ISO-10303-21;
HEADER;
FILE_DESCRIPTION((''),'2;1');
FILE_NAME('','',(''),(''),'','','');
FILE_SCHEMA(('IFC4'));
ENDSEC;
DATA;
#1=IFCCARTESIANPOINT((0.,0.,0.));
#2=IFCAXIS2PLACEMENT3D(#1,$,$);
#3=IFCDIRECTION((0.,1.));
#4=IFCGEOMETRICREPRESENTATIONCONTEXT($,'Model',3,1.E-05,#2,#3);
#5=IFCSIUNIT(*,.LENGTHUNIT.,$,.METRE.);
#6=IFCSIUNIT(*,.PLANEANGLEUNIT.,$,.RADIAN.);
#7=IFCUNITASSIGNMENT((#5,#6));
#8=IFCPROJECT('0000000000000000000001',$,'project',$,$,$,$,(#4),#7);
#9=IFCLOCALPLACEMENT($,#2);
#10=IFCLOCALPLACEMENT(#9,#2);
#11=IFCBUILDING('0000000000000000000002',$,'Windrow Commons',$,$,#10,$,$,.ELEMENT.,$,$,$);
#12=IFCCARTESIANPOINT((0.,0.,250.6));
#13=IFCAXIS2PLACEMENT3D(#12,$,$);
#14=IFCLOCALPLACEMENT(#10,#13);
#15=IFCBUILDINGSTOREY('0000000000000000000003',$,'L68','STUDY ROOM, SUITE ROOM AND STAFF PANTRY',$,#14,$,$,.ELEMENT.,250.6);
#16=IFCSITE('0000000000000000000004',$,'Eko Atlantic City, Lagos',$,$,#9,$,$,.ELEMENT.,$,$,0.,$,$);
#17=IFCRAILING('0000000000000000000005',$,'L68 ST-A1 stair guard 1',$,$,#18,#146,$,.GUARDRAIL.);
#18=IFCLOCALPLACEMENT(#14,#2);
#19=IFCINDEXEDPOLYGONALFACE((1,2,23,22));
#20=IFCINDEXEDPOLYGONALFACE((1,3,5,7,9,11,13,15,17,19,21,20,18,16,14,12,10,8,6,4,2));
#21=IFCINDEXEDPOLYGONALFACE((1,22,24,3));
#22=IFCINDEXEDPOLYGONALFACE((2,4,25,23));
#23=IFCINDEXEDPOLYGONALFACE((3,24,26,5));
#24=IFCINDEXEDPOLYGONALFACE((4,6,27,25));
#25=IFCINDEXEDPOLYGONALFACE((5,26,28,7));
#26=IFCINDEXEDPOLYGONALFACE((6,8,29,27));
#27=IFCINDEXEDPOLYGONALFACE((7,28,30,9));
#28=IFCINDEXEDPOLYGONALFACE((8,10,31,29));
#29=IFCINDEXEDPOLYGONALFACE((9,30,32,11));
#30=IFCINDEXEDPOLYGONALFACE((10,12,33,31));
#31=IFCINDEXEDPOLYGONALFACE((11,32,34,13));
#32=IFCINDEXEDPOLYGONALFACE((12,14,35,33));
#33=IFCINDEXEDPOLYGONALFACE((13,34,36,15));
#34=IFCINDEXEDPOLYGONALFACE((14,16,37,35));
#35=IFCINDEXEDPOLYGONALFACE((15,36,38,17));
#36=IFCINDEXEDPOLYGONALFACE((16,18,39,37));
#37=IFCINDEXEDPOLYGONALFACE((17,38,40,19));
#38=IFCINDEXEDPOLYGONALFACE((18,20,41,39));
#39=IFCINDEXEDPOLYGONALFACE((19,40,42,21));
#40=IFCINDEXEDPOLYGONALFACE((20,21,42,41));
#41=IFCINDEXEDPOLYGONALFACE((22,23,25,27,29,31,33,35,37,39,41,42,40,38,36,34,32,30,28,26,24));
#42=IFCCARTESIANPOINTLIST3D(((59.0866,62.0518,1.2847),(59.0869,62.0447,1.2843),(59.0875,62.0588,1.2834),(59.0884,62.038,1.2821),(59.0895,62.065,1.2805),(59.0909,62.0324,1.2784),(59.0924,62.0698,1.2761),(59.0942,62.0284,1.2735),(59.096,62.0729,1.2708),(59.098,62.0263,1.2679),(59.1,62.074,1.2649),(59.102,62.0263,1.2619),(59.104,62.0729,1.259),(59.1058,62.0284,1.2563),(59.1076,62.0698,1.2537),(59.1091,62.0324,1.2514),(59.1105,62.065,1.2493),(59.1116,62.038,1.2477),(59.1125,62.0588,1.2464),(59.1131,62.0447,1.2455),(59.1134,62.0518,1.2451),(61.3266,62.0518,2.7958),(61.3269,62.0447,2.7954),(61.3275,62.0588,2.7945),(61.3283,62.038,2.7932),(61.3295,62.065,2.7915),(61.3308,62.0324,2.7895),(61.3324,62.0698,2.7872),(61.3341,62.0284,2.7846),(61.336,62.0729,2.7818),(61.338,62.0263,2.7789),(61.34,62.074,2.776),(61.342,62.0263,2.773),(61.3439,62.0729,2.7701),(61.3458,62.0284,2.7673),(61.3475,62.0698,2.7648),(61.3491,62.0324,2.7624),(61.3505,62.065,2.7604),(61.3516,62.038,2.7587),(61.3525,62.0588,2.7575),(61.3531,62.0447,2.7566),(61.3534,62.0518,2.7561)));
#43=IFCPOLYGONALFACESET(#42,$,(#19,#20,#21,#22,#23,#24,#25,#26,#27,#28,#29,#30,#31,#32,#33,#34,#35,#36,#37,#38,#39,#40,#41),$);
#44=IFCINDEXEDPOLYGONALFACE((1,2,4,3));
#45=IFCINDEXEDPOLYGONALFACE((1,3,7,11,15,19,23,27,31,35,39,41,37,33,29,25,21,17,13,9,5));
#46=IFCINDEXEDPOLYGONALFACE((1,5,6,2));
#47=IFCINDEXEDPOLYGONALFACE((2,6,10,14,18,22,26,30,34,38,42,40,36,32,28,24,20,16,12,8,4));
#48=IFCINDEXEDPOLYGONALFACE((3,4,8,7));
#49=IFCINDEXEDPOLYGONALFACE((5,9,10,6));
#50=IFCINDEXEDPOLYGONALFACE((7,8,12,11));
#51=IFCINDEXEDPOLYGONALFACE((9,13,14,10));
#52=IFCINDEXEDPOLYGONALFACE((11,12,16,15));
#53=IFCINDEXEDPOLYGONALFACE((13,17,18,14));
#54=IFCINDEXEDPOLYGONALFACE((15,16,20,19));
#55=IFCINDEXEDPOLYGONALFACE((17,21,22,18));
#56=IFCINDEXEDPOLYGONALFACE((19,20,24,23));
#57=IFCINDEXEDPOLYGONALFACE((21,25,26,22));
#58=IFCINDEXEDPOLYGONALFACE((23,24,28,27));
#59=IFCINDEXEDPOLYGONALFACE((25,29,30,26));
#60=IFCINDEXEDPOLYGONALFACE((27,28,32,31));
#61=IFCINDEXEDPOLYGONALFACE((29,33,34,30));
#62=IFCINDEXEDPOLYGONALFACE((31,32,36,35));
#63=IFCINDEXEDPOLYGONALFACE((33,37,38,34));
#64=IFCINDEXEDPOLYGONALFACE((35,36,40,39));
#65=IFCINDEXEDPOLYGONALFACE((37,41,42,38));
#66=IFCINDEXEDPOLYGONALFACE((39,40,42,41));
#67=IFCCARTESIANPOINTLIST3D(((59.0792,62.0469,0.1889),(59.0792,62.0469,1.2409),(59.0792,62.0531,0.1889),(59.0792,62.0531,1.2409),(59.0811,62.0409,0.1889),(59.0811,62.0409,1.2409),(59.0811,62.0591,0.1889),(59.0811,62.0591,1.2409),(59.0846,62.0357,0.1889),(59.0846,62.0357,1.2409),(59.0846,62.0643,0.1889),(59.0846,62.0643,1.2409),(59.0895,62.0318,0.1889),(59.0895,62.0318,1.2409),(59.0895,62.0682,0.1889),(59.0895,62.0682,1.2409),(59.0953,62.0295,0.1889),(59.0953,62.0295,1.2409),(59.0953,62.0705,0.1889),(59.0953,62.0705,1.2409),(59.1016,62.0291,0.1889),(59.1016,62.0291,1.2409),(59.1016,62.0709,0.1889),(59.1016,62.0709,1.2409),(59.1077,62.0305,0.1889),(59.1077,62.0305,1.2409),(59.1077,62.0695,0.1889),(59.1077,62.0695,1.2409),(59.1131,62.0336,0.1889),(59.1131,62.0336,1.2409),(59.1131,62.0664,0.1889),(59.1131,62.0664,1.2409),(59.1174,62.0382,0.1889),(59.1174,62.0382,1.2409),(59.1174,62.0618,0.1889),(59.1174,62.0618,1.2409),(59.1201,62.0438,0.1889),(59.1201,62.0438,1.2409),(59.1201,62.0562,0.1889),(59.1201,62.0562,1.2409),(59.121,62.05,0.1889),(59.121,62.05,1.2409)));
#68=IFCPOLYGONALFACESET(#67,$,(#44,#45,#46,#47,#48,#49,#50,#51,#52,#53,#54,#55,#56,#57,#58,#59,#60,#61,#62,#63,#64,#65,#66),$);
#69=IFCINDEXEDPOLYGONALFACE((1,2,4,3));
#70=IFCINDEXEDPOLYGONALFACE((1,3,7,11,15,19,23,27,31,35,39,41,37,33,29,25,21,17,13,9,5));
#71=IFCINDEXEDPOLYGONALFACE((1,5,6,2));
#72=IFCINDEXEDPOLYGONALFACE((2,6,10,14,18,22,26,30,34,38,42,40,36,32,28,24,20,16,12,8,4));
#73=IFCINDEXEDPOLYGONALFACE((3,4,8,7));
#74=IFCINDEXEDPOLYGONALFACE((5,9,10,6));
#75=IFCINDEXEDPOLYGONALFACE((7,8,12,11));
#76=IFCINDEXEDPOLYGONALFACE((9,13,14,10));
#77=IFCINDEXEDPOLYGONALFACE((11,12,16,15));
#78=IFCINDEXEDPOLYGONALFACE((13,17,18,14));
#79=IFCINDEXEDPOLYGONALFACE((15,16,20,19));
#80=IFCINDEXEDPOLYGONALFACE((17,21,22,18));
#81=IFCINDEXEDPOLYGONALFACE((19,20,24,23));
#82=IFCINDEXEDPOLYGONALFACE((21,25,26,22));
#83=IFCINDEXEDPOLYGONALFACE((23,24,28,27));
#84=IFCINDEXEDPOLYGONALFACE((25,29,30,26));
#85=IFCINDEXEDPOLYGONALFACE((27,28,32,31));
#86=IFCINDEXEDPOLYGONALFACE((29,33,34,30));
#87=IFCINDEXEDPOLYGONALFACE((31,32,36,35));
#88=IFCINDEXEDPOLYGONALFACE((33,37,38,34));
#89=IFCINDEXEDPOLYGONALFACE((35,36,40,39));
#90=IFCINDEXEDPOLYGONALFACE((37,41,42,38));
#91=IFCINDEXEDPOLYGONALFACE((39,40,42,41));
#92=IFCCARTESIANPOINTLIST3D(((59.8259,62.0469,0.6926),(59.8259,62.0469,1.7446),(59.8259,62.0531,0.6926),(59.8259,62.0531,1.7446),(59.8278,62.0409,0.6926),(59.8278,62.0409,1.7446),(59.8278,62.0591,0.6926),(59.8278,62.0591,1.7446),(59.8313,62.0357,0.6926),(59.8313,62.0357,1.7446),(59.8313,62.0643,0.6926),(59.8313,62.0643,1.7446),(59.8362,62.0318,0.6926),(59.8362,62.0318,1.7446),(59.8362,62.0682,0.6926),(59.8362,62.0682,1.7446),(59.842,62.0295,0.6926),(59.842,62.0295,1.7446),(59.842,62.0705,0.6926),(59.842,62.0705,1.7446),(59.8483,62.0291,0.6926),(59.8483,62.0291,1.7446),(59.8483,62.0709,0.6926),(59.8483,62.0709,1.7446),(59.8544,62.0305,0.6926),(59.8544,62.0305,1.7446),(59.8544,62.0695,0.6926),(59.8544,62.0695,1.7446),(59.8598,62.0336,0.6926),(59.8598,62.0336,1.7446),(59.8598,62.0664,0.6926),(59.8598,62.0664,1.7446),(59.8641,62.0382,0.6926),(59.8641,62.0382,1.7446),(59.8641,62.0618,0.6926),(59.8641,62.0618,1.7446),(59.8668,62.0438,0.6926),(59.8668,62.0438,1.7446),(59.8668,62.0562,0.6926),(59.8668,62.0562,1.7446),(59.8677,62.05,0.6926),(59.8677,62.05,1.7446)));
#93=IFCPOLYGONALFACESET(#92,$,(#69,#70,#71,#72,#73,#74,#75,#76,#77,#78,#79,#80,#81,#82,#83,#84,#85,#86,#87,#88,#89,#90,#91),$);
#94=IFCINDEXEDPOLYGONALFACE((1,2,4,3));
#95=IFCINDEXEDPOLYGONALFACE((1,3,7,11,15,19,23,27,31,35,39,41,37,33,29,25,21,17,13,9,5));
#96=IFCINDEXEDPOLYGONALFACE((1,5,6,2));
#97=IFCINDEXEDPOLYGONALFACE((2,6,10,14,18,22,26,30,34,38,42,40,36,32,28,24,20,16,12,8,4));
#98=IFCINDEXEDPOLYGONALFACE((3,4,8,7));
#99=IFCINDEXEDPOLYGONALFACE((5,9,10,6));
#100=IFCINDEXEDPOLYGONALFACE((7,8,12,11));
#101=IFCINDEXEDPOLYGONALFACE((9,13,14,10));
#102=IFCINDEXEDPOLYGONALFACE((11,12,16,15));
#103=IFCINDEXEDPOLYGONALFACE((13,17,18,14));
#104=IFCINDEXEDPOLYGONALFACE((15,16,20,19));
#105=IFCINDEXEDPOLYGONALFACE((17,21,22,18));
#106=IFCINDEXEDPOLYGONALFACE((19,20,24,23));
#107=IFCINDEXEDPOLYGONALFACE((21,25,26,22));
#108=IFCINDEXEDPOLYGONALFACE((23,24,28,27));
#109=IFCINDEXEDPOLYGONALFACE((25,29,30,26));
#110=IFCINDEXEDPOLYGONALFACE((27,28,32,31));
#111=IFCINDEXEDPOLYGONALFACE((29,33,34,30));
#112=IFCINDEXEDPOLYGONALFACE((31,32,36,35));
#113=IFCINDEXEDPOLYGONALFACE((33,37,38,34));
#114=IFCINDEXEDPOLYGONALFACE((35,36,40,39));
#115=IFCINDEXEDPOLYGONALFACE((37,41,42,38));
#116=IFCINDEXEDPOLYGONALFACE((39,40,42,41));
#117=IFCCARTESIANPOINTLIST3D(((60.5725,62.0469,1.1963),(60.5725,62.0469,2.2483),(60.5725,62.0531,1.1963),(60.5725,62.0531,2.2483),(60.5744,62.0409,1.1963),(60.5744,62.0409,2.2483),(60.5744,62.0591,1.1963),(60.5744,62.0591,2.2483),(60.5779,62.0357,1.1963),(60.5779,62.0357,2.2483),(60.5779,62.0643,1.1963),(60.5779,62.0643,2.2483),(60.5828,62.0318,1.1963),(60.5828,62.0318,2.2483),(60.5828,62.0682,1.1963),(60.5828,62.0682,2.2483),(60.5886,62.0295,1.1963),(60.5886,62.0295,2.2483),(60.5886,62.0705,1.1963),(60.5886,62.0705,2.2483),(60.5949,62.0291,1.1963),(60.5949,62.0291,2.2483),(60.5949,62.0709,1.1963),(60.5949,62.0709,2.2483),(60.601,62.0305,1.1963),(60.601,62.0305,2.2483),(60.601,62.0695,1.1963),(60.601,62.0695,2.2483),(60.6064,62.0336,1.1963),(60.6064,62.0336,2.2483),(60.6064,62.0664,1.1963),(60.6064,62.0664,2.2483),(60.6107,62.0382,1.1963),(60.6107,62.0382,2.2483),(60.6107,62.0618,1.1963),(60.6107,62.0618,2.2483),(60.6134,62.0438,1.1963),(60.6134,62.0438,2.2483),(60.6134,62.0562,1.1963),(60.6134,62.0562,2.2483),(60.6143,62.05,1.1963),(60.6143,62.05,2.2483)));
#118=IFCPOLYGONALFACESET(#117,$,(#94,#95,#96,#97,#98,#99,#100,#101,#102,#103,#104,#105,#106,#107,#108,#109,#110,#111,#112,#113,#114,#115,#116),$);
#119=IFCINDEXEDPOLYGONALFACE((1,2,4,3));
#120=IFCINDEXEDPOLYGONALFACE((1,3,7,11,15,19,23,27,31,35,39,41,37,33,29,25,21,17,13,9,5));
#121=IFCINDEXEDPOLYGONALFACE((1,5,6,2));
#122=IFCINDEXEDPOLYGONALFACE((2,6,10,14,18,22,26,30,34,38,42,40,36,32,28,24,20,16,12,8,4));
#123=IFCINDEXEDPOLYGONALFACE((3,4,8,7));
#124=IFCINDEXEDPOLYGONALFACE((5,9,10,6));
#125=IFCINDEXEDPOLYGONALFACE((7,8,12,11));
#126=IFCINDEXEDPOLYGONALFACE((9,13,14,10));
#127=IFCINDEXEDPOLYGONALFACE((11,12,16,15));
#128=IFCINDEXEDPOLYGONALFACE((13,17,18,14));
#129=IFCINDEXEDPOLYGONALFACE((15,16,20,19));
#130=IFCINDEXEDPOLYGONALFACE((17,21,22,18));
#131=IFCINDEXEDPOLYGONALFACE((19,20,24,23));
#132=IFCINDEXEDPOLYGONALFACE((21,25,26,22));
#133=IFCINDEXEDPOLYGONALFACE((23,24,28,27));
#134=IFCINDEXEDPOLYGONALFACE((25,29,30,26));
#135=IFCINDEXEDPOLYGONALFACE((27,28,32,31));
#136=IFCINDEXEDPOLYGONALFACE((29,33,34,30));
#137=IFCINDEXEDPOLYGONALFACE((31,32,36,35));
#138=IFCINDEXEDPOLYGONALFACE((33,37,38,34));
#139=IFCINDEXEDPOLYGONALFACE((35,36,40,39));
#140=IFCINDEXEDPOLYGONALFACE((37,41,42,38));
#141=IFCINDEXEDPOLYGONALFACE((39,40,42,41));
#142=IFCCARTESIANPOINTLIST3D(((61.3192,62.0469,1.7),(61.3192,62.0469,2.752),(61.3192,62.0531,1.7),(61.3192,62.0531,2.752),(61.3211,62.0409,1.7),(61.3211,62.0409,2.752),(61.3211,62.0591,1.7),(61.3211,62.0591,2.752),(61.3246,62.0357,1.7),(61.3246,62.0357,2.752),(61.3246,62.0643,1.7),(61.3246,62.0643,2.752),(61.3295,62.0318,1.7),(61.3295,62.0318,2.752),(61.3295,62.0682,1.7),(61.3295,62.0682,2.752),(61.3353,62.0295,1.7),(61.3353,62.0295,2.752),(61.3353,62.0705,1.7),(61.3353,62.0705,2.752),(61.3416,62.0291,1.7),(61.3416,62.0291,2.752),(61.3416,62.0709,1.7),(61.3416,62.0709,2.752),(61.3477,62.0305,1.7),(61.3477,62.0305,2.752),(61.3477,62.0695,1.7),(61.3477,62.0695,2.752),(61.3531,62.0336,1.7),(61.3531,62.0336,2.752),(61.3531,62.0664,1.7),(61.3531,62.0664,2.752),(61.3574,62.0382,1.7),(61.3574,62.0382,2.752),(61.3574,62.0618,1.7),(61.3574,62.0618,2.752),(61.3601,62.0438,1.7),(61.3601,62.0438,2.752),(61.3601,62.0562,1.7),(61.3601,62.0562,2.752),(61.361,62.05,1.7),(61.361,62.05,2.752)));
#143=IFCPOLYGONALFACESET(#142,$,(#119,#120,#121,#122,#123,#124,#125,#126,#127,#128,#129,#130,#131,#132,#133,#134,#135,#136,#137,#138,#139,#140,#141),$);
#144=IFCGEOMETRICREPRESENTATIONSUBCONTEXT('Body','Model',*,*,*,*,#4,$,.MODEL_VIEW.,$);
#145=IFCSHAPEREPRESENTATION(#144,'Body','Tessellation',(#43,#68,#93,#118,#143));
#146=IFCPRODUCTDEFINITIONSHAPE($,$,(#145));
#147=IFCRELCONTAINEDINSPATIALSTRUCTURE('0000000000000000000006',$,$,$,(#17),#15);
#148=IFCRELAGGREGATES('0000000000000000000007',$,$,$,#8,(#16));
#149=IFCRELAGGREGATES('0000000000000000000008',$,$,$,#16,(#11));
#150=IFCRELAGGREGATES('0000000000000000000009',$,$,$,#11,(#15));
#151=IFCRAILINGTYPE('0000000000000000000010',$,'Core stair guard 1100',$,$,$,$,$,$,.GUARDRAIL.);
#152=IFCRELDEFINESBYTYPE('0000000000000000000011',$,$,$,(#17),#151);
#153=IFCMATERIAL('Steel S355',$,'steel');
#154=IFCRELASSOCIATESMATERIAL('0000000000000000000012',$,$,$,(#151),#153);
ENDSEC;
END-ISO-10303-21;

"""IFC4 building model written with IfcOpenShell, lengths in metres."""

from ifc_helpers import new_model, si_unit, direction, frame, origin, origin_2d, place, context, subcontext, project, spatial, circle, extrude, material, type_object, element, save


model = new_model("IFC4")

# Units and contexts
model_context = context("Model", 3, precision=1e-05, world=origin(), true_north=direction((0.0, 1.0)))
body_context = subcontext(model_context, "Body", "Model", "MODEL_VIEW")
ifc_project = project(units=[si_unit("LENGTHUNIT", "METRE"), si_unit("PLANEANGLEUNIT", "RADIAN")], contexts=[model_context])

# Site, building, storey
site_placement = place(None, origin())
site = spatial("IfcSite", under=ifc_project, at=site_placement, Name="Eko Atlantic City, Lagos", CompositionType="ELEMENT", RefElevation=0.0)
building_placement = place(site_placement, origin())
building = spatial("IfcBuilding", under=site, at=building_placement, Name="Windrow Commons", CompositionType="ELEMENT")
storey_placement = place(building_placement, frame((0.0, 0.0, 250.6)))
storey = spatial("IfcBuildingStorey", under=building, at=storey_placement, Name="L68", Description="STUDY ROOM, SUITE ROOM AND STAFF PANTRY", CompositionType="ELEMENT", Elevation=250.6)

# Railing
ifc_material_1 = material(Name="Steel S355", Category="steel")
railing_type_1 = type_object("IfcRailingType", Name="Core stair guard 1100", PredefinedType="GUARDRAIL", material=ifc_material_1)
railing_1_placement = place(storey_placement, frame((59.1, 62.05, 0.1889)))
element("IfcRailing", 1, at=railing_1_placement, inside=storey, type_object=railing_type_1, Name="L68 ST-A1 stair guard 1", PredefinedType="GUARDRAIL", context=body_context, shape_type="SweptSolid", body=[
    extrude(circle(Radius=0.024, at=origin_2d()), frame((0.0, 0.0, 1.076), z_axis=(0.829003, 0.0, 0.559244), x_axis=(0.0, 1.0, 0.0)), (0.0, 0.0, 1.0), 2.702),
    extrude(circle(Radius=0.021, at=origin_2d()), origin(), (0.0, 0.0, 1.0), 1.052),
    extrude(circle(Radius=0.021, at=origin_2d()), frame((0.7467, 0.0, 0.5037)), (0.0, 0.0, 1.0), 1.052),
    extrude(circle(Radius=0.021, at=origin_2d()), frame((1.4933, 0.0, 1.0074)), (0.0, 0.0, 1.0), 1.052),
    extrude(circle(Radius=0.021, at=origin_2d()), frame((2.24, 0.0, 1.5111)), (0.0, 0.0, 1.0), 1.052),
])

save(model, "model.ifc")
